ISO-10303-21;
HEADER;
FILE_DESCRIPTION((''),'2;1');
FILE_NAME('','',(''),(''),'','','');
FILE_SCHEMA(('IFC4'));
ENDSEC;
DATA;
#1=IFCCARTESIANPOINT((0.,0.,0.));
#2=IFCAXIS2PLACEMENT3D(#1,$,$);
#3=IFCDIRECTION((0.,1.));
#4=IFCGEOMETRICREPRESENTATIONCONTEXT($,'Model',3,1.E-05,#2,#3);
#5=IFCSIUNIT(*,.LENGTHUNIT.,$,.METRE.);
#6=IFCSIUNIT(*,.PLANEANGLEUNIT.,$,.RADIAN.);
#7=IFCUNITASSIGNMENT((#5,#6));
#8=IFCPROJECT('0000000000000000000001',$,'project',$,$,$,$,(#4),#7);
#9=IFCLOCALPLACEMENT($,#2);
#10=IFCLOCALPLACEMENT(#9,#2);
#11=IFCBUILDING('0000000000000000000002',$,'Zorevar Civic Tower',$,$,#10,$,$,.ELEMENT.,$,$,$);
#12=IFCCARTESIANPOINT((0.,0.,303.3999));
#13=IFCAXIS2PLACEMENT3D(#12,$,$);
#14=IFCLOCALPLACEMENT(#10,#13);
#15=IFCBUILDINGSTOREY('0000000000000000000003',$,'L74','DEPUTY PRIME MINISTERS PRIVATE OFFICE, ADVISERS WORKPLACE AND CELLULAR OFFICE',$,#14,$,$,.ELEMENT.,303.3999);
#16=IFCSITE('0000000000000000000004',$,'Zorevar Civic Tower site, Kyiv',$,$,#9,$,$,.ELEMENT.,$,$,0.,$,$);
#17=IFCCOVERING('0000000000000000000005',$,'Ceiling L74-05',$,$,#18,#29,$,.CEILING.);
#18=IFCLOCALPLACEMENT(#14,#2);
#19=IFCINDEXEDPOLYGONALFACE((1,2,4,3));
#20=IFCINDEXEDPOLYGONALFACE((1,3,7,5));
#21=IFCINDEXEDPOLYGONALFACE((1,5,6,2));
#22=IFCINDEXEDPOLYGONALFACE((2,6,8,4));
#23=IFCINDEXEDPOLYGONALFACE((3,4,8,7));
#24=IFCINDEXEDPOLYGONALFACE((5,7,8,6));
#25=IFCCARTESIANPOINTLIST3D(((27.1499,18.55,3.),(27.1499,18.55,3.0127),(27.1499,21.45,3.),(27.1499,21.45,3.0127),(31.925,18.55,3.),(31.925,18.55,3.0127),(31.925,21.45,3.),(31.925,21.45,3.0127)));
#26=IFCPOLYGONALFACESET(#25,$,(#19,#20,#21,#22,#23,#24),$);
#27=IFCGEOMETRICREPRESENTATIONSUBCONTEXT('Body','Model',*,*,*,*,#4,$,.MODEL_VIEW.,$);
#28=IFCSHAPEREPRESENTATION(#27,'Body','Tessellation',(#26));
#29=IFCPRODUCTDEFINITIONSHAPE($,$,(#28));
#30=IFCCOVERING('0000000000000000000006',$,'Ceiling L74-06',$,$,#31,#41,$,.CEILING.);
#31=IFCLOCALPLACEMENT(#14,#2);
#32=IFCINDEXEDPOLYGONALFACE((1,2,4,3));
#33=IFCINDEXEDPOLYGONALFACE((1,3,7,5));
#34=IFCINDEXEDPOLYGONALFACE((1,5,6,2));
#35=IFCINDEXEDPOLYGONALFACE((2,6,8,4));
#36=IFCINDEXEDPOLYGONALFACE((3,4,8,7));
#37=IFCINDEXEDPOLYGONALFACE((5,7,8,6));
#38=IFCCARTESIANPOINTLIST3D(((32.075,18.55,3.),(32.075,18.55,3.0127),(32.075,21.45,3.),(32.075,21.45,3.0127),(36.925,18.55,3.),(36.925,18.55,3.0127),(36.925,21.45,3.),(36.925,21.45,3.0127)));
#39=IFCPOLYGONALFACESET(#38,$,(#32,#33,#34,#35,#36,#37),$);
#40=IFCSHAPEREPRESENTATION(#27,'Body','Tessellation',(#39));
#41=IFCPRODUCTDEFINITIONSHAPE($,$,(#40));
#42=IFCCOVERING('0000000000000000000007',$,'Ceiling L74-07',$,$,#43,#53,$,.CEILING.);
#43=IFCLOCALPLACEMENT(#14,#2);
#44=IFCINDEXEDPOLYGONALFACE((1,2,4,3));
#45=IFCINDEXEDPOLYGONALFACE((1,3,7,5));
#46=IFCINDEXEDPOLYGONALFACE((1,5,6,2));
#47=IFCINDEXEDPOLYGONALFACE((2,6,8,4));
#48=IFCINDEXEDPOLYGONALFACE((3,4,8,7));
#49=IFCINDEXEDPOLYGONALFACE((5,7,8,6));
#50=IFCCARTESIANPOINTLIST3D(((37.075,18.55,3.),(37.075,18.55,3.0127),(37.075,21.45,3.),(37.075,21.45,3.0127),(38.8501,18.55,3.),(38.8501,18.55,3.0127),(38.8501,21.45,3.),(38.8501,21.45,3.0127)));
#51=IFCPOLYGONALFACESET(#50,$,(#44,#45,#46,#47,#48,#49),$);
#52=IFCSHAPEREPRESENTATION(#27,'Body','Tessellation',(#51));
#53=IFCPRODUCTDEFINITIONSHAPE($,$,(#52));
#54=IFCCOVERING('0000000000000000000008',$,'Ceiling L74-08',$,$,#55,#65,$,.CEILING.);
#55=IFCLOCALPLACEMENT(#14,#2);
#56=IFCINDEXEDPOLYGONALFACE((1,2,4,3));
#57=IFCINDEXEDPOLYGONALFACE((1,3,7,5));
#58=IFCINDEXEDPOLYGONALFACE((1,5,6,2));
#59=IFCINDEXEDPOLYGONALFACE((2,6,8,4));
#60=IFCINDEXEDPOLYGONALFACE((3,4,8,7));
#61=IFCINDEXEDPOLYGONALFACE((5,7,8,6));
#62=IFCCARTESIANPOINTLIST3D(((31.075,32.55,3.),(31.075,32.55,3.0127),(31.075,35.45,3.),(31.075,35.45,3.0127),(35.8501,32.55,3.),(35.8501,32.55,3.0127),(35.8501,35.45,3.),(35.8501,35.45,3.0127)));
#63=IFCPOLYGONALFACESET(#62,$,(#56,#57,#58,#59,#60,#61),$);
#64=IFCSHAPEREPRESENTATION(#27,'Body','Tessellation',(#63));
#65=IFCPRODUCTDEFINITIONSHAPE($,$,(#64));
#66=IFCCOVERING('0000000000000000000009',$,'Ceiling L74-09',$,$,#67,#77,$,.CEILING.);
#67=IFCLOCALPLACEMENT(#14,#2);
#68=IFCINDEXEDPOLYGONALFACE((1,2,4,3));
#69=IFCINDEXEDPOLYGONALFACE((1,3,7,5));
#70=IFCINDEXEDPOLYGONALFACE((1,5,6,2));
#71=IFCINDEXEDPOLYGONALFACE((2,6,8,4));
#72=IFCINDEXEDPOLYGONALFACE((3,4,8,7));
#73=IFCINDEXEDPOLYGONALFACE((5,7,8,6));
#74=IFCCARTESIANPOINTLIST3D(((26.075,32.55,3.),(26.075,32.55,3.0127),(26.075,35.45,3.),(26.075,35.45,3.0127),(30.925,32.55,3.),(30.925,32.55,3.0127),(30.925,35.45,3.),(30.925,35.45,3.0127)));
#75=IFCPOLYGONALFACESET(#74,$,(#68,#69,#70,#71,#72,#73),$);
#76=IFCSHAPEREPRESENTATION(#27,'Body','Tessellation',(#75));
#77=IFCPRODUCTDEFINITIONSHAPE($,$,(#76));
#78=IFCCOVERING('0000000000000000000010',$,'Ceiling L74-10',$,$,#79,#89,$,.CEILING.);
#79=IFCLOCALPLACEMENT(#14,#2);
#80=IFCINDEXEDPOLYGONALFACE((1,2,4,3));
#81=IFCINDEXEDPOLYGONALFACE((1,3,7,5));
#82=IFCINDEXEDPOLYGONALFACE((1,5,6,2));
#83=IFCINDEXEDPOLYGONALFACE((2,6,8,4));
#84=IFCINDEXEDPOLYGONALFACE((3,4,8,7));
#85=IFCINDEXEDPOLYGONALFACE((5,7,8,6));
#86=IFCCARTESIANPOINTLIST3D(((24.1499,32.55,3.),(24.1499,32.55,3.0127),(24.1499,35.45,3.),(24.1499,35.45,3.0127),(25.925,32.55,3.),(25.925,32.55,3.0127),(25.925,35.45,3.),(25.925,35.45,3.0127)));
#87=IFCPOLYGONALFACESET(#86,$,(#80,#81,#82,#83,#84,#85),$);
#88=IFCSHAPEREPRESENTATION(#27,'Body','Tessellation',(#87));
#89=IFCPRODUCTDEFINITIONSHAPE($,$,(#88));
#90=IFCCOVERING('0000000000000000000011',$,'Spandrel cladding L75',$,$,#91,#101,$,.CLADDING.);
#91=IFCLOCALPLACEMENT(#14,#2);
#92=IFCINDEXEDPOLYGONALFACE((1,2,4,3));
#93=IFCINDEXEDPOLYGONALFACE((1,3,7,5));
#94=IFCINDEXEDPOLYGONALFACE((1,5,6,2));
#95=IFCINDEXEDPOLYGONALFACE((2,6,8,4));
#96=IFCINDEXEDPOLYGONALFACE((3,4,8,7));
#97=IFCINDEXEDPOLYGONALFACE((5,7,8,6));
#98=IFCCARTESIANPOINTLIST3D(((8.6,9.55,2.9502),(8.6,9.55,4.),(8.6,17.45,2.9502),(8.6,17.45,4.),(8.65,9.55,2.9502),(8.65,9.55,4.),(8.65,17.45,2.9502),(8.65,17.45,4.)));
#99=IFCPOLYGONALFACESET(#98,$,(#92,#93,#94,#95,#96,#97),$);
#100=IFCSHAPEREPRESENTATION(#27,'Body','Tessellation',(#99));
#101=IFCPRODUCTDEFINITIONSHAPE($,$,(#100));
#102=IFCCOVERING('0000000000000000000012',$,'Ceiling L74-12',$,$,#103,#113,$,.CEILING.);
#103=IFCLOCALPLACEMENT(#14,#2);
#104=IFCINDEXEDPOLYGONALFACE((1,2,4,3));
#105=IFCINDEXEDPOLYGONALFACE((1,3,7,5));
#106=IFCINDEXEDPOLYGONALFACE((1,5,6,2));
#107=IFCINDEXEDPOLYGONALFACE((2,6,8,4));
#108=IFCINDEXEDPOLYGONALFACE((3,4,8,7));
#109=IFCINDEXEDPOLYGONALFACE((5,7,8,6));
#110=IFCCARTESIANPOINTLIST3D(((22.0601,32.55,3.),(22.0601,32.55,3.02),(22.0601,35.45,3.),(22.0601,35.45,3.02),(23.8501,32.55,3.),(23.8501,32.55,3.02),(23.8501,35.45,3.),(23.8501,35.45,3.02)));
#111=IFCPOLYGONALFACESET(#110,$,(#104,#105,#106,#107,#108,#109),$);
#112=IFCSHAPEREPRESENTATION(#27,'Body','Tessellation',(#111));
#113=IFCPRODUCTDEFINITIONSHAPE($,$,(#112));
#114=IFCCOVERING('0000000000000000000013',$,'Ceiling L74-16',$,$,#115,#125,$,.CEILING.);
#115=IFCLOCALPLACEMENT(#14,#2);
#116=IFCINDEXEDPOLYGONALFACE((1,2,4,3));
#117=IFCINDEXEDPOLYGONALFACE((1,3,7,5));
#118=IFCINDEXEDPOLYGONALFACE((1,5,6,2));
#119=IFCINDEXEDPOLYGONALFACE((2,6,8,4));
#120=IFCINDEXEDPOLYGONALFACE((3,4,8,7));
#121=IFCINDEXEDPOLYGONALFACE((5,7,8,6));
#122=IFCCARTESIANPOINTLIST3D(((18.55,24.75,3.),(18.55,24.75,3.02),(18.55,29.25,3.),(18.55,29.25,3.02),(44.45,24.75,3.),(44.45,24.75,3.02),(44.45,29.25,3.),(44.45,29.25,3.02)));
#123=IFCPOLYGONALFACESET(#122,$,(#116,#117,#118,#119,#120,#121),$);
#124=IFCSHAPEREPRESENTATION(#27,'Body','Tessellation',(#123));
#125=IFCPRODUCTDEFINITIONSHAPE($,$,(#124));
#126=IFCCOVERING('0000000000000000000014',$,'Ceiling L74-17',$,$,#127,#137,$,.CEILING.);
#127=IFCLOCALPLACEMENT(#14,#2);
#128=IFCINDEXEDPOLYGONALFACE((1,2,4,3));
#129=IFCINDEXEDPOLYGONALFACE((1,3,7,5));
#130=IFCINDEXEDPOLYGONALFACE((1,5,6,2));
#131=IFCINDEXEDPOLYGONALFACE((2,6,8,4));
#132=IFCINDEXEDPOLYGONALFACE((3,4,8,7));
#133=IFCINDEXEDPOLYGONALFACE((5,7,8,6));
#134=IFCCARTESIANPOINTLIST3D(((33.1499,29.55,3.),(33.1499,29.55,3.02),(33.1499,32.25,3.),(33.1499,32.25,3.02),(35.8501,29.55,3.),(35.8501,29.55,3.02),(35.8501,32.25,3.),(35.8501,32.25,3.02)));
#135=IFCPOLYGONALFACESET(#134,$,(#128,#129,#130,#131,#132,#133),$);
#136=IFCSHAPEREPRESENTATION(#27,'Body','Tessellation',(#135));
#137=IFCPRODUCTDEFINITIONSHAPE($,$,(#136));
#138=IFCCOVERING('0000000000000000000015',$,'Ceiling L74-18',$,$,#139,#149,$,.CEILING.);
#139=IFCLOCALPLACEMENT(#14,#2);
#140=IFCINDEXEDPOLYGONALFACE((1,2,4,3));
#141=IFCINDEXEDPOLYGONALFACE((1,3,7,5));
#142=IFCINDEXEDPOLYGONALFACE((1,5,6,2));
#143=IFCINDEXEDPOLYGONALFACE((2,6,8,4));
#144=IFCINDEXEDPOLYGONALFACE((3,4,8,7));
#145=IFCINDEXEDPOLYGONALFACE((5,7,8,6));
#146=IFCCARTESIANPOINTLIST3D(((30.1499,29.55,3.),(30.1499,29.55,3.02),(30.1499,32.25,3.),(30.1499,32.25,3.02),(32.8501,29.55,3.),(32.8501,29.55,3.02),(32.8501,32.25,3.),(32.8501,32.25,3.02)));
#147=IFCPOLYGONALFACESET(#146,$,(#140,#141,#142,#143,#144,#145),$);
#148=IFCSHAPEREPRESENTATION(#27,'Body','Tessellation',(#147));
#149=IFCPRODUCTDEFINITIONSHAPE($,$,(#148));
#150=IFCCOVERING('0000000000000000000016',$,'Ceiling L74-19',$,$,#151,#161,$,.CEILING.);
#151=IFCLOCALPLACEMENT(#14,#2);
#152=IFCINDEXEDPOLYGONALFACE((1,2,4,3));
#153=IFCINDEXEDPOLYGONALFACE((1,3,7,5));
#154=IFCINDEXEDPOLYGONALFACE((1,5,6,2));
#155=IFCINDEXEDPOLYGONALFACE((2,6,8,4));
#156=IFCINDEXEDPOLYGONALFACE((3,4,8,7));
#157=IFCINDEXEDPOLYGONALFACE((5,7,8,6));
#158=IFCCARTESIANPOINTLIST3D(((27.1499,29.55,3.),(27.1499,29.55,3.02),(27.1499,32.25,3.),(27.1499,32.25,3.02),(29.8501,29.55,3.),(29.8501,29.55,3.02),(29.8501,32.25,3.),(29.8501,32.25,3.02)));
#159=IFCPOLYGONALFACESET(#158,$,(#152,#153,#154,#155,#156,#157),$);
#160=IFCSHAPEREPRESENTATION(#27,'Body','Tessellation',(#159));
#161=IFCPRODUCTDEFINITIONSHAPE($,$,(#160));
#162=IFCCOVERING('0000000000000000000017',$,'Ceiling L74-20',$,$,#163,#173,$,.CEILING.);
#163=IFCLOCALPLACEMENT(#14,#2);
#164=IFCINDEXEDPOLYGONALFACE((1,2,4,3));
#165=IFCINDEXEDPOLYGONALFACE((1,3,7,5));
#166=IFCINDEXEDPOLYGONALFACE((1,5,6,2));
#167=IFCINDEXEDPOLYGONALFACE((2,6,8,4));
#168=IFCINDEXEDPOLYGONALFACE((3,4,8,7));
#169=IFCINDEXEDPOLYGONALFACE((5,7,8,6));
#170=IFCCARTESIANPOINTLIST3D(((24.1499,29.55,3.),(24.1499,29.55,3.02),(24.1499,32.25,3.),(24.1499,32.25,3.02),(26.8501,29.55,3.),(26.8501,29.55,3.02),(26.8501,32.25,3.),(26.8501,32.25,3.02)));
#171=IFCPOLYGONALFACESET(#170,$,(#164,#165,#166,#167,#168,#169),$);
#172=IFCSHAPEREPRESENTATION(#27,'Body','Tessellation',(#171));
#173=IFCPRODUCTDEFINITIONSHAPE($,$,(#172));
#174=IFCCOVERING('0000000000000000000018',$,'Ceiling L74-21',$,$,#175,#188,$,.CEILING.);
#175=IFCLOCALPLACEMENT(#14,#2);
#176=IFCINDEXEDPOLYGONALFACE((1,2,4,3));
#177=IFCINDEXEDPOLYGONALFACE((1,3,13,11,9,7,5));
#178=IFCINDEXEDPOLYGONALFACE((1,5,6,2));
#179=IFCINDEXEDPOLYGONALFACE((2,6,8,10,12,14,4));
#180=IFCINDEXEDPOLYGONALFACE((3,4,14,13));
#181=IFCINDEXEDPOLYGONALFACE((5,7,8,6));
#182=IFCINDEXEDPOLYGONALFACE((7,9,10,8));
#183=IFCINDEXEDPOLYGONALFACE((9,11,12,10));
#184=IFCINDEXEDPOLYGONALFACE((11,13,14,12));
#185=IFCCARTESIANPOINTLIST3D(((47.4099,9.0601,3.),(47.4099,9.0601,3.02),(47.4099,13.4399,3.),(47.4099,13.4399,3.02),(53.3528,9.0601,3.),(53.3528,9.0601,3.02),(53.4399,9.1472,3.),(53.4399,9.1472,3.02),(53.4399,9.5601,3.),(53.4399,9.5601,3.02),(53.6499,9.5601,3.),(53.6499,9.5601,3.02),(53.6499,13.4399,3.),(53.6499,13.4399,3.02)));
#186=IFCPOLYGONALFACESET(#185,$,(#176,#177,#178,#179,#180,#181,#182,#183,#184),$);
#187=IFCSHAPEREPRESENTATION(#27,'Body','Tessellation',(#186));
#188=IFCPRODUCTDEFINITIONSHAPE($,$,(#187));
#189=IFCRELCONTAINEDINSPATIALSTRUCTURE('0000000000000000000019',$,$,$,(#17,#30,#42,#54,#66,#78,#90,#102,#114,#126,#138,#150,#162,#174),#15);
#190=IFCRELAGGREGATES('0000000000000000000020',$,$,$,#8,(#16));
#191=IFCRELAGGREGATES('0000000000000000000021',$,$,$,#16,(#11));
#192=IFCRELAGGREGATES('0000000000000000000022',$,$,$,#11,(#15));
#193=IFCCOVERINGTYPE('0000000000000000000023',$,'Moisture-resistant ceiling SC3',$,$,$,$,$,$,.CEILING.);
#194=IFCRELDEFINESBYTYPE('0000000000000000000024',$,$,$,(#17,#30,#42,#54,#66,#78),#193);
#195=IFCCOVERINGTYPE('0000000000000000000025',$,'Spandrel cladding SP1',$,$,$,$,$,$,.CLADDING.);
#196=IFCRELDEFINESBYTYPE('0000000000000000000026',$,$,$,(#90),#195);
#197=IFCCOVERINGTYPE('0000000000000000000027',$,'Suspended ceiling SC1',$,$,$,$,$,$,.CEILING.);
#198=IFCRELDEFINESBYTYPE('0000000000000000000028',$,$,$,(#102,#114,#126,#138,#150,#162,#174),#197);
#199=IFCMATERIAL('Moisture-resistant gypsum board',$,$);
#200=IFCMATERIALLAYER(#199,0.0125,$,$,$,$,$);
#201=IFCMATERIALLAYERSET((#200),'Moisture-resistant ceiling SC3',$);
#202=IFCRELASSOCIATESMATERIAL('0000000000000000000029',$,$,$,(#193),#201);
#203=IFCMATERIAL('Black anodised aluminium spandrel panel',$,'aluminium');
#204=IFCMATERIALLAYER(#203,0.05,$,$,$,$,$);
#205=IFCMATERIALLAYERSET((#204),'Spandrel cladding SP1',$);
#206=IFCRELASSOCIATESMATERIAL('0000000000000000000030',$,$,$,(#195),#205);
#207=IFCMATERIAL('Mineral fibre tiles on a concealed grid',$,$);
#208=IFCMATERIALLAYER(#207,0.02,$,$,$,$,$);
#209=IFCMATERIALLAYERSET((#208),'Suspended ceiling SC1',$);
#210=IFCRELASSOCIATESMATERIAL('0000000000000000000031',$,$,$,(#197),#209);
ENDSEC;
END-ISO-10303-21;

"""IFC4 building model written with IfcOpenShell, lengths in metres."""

from ifc_helpers import new_model, si_unit, direction, frame, frame_2d, origin, place, context, subcontext, project, spatial, polyline, rectangle, outline, extrude, material, layer, layer_set, type_object, element, save


model = new_model("IFC4")

# Units and contexts
model_context = context("Model", 3, precision=1e-05, world=origin(), true_north=direction((0.0, 1.0)))
body_context = subcontext(model_context, "Body", "Model", "MODEL_VIEW")
ifc_project = project(units=[si_unit("LENGTHUNIT", "METRE"), si_unit("PLANEANGLEUNIT", "RADIAN")], contexts=[model_context])

# Site, building, storey
site_placement = place(None, origin())
site = spatial("IfcSite", under=ifc_project, at=site_placement, Name="Zorevar Civic Tower site, Kyiv", CompositionType="ELEMENT", RefElevation=0.0)
building_placement = place(site_placement, origin())
building = spatial("IfcBuilding", under=site, at=building_placement, Name="Zorevar Civic Tower", CompositionType="ELEMENT")
storey_placement = place(building_placement, frame((0.0, 0.0, 303.3999)))
storey = spatial("IfcBuildingStorey", under=building, at=storey_placement, Name="L74", Description="DEPUTY PRIME MINISTERS PRIVATE OFFICE, ADVISERS WORKPLACE AND CELLULAR OFFICE", CompositionType="ELEMENT", Elevation=303.3999)

# Coverings
ifc_material_1 = material(Name="Moisture-resistant gypsum board")
ifc_layer_1 = layer(ifc_material_1, 0.0125)
ifc_layer_set_1 = layer_set([ifc_layer_1], Name="Moisture-resistant ceiling SC3")
covering_type_1 = type_object("IfcCoveringType", Name="Moisture-resistant ceiling SC3", PredefinedType="CEILING", material=ifc_layer_set_1)
covering_1_placement = place(storey_placement, frame((0.0, 0.0, 3.0)))
element("IfcCovering", 1, at=covering_1_placement, inside=storey, type_object=covering_type_1, Name="Ceiling L74-05", PredefinedType="CEILING", context=body_context, shape_type="SweptSolid", body=[
    extrude(outline(polyline([(31.925, 18.55), (31.925, 21.45), (27.1499, 21.45), (27.1499, 18.55), (31.925, 18.55)])), origin(), (0.0, 0.0, 1.0), 0.0127),
])
covering_2_placement = place(storey_placement, frame((0.0, 0.0, 3.0)))
element("IfcCovering", 2, at=covering_2_placement, inside=storey, type_object=covering_type_1, Name="Ceiling L74-06", PredefinedType="CEILING", context=body_context, shape_type="SweptSolid", body=[
    extrude(outline(polyline([(36.925, 18.55), (36.925, 21.45), (32.075, 21.45), (32.075, 18.55), (36.925, 18.55)])), origin(), (0.0, 0.0, 1.0), 0.0127),
])
covering_3_placement = place(storey_placement, frame((0.0, 0.0, 3.0)))
element("IfcCovering", 3, at=covering_3_placement, inside=storey, type_object=covering_type_1, Name="Ceiling L74-07", PredefinedType="CEILING", context=body_context, shape_type="SweptSolid", body=[
    extrude(outline(polyline([(38.8501, 18.55), (38.8501, 21.45), (37.075, 21.45), (37.075, 18.55), (38.8501, 18.55)])), origin(), (0.0, 0.0, 1.0), 0.0127),
])
covering_4_placement = place(storey_placement, frame((0.0, 0.0, 3.0)))
element("IfcCovering", 4, at=covering_4_placement, inside=storey, type_object=covering_type_1, Name="Ceiling L74-08", PredefinedType="CEILING", context=body_context, shape_type="SweptSolid", body=[
    extrude(outline(polyline([(35.8501, 32.55), (35.8501, 35.45), (31.075, 35.45), (31.075, 32.55), (35.8501, 32.55)])), origin(), (0.0, 0.0, 1.0), 0.0127),
])
covering_5_placement = place(storey_placement, frame((0.0, 0.0, 3.0)))
element("IfcCovering", 5, at=covering_5_placement, inside=storey, type_object=covering_type_1, Name="Ceiling L74-09", PredefinedType="CEILING", context=body_context, shape_type="SweptSolid", body=[
    extrude(outline(polyline([(30.925, 32.55), (30.925, 35.45), (26.075, 35.45), (26.075, 32.55), (30.925, 32.55)])), origin(), (0.0, 0.0, 1.0), 0.0127),
])
covering_6_placement = place(storey_placement, frame((0.0, 0.0, 3.0)))
element("IfcCovering", 6, at=covering_6_placement, inside=storey, type_object=covering_type_1, Name="Ceiling L74-10", PredefinedType="CEILING", context=body_context, shape_type="SweptSolid", body=[
    extrude(outline(polyline([(25.925, 32.55), (25.925, 35.45), (24.1499, 35.45), (24.1499, 32.55), (25.925, 32.55)])), origin(), (0.0, 0.0, 1.0), 0.0127),
])
ifc_material_2 = material(Name="Black anodised aluminium spandrel panel", Category="aluminium")
ifc_layer_2 = layer(ifc_material_2, 0.05)
ifc_layer_set_2 = layer_set([ifc_layer_2], Name="Spandrel cladding SP1")
covering_type_2 = type_object("IfcCoveringType", Name="Spandrel cladding SP1", PredefinedType="CLADDING", material=ifc_layer_set_2)
covering_7_placement = place(storey_placement, frame((8.625, 9.55, 2.9502), z_axis=(0.0, 0.0, 1.0), x_axis=(0.0, 1.0, 0.0)))
element("IfcCovering", 7, at=covering_7_placement, inside=storey, type_object=covering_type_2, Name="Spandrel cladding L75", PredefinedType="CLADDING", context=body_context, shape_type="SweptSolid", body=[
    extrude(rectangle(XDim=7.8999, YDim=0.05, at=frame_2d((3.95, 0.0))), origin(), (0.0, 0.0, 1.0), 1.0498),
])
ifc_material_3 = material(Name="Mineral fibre tiles on a concealed grid")
ifc_layer_3 = layer(ifc_material_3, 0.02)
ifc_layer_set_3 = layer_set([ifc_layer_3], Name="Suspended ceiling SC1")
covering_type_3 = type_object("IfcCoveringType", Name="Suspended ceiling SC1", PredefinedType="CEILING", material=ifc_layer_set_3)
covering_8_placement = place(storey_placement, frame((0.0, 0.0, 3.0)))
element("IfcCovering", 8, at=covering_8_placement, inside=storey, type_object=covering_type_3, Name="Ceiling L74-12", PredefinedType="CEILING", context=body_context, shape_type="SweptSolid", body=[
    extrude(outline(polyline([(23.8501, 32.55), (23.8501, 35.45), (22.0601, 35.45), (22.0601, 32.55), (23.8501, 32.55)])), origin(), (0.0, 0.0, 1.0), 0.02),
])
covering_9_placement = place(storey_placement, frame((0.0, 0.0, 3.0)))
element("IfcCovering", 9, at=covering_9_placement, inside=storey, type_object=covering_type_3, Name="Ceiling L74-16", PredefinedType="CEILING", context=body_context, shape_type="SweptSolid", body=[
    extrude(outline(polyline([(44.45, 24.75), (44.45, 29.25), (18.55, 29.25), (18.55, 24.75), (44.45, 24.75)])), origin(), (0.0, 0.0, 1.0), 0.02),
])
covering_10_placement = place(storey_placement, frame((0.0, 0.0, 3.0)))
element("IfcCovering", 10, at=covering_10_placement, inside=storey, type_object=covering_type_3, Name="Ceiling L74-17", PredefinedType="CEILING", context=body_context, shape_type="SweptSolid", body=[
    extrude(outline(polyline([(35.8501, 29.55), (35.8501, 32.25), (33.1499, 32.25), (33.1499, 29.55), (35.8501, 29.55)])), origin(), (0.0, 0.0, 1.0), 0.02),
])
covering_11_placement = place(storey_placement, frame((0.0, 0.0, 3.0)))
element("IfcCovering", 11, at=covering_11_placement, inside=storey, type_object=covering_type_3, Name="Ceiling L74-18", PredefinedType="CEILING", context=body_context, shape_type="SweptSolid", body=[
    extrude(outline(polyline([(32.8501, 29.55), (32.8501, 32.25), (30.1499, 32.25), (30.1499, 29.55), (32.8501, 29.55)])), origin(), (0.0, 0.0, 1.0), 0.02),
])
covering_12_placement = place(storey_placement, frame((0.0, 0.0, 3.0)))
element("IfcCovering", 12, at=covering_12_placement, inside=storey, type_object=covering_type_3, Name="Ceiling L74-19", PredefinedType="CEILING", context=body_context, shape_type="SweptSolid", body=[
    extrude(outline(polyline([(29.8501, 29.55), (29.8501, 32.25), (27.1499, 32.25), (27.1499, 29.55), (29.8501, 29.55)])), origin(), (0.0, 0.0, 1.0), 0.02),
])
covering_13_placement = place(storey_placement, frame((0.0, 0.0, 3.0)))
element("IfcCovering", 13, at=covering_13_placement, inside=storey, type_object=covering_type_3, Name="Ceiling L74-20", PredefinedType="CEILING", context=body_context, shape_type="SweptSolid", body=[
    extrude(outline(polyline([(26.8501, 29.55), (26.8501, 32.25), (24.1499, 32.25), (24.1499, 29.55), (26.8501, 29.55)])), origin(), (0.0, 0.0, 1.0), 0.02),
])
covering_14_placement = place(storey_placement, frame((0.0, 0.0, 3.0)))
element("IfcCovering", 14, at=covering_14_placement, inside=storey, type_object=covering_type_3, Name="Ceiling L74-21", PredefinedType="CEILING", context=body_context, shape_type="SweptSolid", body=[
    extrude(outline(polyline([(53.6499, 13.4399), (53.6499, 9.5601), (53.4399, 9.5601), (53.4399, 9.1472), (53.3528, 9.0601), (47.4099, 9.0601), (47.4099, 13.4399), (53.6499, 13.4399)])), origin(), (0.0, 0.0, 1.0), 0.02),
])

save(model, "model.ifc")
